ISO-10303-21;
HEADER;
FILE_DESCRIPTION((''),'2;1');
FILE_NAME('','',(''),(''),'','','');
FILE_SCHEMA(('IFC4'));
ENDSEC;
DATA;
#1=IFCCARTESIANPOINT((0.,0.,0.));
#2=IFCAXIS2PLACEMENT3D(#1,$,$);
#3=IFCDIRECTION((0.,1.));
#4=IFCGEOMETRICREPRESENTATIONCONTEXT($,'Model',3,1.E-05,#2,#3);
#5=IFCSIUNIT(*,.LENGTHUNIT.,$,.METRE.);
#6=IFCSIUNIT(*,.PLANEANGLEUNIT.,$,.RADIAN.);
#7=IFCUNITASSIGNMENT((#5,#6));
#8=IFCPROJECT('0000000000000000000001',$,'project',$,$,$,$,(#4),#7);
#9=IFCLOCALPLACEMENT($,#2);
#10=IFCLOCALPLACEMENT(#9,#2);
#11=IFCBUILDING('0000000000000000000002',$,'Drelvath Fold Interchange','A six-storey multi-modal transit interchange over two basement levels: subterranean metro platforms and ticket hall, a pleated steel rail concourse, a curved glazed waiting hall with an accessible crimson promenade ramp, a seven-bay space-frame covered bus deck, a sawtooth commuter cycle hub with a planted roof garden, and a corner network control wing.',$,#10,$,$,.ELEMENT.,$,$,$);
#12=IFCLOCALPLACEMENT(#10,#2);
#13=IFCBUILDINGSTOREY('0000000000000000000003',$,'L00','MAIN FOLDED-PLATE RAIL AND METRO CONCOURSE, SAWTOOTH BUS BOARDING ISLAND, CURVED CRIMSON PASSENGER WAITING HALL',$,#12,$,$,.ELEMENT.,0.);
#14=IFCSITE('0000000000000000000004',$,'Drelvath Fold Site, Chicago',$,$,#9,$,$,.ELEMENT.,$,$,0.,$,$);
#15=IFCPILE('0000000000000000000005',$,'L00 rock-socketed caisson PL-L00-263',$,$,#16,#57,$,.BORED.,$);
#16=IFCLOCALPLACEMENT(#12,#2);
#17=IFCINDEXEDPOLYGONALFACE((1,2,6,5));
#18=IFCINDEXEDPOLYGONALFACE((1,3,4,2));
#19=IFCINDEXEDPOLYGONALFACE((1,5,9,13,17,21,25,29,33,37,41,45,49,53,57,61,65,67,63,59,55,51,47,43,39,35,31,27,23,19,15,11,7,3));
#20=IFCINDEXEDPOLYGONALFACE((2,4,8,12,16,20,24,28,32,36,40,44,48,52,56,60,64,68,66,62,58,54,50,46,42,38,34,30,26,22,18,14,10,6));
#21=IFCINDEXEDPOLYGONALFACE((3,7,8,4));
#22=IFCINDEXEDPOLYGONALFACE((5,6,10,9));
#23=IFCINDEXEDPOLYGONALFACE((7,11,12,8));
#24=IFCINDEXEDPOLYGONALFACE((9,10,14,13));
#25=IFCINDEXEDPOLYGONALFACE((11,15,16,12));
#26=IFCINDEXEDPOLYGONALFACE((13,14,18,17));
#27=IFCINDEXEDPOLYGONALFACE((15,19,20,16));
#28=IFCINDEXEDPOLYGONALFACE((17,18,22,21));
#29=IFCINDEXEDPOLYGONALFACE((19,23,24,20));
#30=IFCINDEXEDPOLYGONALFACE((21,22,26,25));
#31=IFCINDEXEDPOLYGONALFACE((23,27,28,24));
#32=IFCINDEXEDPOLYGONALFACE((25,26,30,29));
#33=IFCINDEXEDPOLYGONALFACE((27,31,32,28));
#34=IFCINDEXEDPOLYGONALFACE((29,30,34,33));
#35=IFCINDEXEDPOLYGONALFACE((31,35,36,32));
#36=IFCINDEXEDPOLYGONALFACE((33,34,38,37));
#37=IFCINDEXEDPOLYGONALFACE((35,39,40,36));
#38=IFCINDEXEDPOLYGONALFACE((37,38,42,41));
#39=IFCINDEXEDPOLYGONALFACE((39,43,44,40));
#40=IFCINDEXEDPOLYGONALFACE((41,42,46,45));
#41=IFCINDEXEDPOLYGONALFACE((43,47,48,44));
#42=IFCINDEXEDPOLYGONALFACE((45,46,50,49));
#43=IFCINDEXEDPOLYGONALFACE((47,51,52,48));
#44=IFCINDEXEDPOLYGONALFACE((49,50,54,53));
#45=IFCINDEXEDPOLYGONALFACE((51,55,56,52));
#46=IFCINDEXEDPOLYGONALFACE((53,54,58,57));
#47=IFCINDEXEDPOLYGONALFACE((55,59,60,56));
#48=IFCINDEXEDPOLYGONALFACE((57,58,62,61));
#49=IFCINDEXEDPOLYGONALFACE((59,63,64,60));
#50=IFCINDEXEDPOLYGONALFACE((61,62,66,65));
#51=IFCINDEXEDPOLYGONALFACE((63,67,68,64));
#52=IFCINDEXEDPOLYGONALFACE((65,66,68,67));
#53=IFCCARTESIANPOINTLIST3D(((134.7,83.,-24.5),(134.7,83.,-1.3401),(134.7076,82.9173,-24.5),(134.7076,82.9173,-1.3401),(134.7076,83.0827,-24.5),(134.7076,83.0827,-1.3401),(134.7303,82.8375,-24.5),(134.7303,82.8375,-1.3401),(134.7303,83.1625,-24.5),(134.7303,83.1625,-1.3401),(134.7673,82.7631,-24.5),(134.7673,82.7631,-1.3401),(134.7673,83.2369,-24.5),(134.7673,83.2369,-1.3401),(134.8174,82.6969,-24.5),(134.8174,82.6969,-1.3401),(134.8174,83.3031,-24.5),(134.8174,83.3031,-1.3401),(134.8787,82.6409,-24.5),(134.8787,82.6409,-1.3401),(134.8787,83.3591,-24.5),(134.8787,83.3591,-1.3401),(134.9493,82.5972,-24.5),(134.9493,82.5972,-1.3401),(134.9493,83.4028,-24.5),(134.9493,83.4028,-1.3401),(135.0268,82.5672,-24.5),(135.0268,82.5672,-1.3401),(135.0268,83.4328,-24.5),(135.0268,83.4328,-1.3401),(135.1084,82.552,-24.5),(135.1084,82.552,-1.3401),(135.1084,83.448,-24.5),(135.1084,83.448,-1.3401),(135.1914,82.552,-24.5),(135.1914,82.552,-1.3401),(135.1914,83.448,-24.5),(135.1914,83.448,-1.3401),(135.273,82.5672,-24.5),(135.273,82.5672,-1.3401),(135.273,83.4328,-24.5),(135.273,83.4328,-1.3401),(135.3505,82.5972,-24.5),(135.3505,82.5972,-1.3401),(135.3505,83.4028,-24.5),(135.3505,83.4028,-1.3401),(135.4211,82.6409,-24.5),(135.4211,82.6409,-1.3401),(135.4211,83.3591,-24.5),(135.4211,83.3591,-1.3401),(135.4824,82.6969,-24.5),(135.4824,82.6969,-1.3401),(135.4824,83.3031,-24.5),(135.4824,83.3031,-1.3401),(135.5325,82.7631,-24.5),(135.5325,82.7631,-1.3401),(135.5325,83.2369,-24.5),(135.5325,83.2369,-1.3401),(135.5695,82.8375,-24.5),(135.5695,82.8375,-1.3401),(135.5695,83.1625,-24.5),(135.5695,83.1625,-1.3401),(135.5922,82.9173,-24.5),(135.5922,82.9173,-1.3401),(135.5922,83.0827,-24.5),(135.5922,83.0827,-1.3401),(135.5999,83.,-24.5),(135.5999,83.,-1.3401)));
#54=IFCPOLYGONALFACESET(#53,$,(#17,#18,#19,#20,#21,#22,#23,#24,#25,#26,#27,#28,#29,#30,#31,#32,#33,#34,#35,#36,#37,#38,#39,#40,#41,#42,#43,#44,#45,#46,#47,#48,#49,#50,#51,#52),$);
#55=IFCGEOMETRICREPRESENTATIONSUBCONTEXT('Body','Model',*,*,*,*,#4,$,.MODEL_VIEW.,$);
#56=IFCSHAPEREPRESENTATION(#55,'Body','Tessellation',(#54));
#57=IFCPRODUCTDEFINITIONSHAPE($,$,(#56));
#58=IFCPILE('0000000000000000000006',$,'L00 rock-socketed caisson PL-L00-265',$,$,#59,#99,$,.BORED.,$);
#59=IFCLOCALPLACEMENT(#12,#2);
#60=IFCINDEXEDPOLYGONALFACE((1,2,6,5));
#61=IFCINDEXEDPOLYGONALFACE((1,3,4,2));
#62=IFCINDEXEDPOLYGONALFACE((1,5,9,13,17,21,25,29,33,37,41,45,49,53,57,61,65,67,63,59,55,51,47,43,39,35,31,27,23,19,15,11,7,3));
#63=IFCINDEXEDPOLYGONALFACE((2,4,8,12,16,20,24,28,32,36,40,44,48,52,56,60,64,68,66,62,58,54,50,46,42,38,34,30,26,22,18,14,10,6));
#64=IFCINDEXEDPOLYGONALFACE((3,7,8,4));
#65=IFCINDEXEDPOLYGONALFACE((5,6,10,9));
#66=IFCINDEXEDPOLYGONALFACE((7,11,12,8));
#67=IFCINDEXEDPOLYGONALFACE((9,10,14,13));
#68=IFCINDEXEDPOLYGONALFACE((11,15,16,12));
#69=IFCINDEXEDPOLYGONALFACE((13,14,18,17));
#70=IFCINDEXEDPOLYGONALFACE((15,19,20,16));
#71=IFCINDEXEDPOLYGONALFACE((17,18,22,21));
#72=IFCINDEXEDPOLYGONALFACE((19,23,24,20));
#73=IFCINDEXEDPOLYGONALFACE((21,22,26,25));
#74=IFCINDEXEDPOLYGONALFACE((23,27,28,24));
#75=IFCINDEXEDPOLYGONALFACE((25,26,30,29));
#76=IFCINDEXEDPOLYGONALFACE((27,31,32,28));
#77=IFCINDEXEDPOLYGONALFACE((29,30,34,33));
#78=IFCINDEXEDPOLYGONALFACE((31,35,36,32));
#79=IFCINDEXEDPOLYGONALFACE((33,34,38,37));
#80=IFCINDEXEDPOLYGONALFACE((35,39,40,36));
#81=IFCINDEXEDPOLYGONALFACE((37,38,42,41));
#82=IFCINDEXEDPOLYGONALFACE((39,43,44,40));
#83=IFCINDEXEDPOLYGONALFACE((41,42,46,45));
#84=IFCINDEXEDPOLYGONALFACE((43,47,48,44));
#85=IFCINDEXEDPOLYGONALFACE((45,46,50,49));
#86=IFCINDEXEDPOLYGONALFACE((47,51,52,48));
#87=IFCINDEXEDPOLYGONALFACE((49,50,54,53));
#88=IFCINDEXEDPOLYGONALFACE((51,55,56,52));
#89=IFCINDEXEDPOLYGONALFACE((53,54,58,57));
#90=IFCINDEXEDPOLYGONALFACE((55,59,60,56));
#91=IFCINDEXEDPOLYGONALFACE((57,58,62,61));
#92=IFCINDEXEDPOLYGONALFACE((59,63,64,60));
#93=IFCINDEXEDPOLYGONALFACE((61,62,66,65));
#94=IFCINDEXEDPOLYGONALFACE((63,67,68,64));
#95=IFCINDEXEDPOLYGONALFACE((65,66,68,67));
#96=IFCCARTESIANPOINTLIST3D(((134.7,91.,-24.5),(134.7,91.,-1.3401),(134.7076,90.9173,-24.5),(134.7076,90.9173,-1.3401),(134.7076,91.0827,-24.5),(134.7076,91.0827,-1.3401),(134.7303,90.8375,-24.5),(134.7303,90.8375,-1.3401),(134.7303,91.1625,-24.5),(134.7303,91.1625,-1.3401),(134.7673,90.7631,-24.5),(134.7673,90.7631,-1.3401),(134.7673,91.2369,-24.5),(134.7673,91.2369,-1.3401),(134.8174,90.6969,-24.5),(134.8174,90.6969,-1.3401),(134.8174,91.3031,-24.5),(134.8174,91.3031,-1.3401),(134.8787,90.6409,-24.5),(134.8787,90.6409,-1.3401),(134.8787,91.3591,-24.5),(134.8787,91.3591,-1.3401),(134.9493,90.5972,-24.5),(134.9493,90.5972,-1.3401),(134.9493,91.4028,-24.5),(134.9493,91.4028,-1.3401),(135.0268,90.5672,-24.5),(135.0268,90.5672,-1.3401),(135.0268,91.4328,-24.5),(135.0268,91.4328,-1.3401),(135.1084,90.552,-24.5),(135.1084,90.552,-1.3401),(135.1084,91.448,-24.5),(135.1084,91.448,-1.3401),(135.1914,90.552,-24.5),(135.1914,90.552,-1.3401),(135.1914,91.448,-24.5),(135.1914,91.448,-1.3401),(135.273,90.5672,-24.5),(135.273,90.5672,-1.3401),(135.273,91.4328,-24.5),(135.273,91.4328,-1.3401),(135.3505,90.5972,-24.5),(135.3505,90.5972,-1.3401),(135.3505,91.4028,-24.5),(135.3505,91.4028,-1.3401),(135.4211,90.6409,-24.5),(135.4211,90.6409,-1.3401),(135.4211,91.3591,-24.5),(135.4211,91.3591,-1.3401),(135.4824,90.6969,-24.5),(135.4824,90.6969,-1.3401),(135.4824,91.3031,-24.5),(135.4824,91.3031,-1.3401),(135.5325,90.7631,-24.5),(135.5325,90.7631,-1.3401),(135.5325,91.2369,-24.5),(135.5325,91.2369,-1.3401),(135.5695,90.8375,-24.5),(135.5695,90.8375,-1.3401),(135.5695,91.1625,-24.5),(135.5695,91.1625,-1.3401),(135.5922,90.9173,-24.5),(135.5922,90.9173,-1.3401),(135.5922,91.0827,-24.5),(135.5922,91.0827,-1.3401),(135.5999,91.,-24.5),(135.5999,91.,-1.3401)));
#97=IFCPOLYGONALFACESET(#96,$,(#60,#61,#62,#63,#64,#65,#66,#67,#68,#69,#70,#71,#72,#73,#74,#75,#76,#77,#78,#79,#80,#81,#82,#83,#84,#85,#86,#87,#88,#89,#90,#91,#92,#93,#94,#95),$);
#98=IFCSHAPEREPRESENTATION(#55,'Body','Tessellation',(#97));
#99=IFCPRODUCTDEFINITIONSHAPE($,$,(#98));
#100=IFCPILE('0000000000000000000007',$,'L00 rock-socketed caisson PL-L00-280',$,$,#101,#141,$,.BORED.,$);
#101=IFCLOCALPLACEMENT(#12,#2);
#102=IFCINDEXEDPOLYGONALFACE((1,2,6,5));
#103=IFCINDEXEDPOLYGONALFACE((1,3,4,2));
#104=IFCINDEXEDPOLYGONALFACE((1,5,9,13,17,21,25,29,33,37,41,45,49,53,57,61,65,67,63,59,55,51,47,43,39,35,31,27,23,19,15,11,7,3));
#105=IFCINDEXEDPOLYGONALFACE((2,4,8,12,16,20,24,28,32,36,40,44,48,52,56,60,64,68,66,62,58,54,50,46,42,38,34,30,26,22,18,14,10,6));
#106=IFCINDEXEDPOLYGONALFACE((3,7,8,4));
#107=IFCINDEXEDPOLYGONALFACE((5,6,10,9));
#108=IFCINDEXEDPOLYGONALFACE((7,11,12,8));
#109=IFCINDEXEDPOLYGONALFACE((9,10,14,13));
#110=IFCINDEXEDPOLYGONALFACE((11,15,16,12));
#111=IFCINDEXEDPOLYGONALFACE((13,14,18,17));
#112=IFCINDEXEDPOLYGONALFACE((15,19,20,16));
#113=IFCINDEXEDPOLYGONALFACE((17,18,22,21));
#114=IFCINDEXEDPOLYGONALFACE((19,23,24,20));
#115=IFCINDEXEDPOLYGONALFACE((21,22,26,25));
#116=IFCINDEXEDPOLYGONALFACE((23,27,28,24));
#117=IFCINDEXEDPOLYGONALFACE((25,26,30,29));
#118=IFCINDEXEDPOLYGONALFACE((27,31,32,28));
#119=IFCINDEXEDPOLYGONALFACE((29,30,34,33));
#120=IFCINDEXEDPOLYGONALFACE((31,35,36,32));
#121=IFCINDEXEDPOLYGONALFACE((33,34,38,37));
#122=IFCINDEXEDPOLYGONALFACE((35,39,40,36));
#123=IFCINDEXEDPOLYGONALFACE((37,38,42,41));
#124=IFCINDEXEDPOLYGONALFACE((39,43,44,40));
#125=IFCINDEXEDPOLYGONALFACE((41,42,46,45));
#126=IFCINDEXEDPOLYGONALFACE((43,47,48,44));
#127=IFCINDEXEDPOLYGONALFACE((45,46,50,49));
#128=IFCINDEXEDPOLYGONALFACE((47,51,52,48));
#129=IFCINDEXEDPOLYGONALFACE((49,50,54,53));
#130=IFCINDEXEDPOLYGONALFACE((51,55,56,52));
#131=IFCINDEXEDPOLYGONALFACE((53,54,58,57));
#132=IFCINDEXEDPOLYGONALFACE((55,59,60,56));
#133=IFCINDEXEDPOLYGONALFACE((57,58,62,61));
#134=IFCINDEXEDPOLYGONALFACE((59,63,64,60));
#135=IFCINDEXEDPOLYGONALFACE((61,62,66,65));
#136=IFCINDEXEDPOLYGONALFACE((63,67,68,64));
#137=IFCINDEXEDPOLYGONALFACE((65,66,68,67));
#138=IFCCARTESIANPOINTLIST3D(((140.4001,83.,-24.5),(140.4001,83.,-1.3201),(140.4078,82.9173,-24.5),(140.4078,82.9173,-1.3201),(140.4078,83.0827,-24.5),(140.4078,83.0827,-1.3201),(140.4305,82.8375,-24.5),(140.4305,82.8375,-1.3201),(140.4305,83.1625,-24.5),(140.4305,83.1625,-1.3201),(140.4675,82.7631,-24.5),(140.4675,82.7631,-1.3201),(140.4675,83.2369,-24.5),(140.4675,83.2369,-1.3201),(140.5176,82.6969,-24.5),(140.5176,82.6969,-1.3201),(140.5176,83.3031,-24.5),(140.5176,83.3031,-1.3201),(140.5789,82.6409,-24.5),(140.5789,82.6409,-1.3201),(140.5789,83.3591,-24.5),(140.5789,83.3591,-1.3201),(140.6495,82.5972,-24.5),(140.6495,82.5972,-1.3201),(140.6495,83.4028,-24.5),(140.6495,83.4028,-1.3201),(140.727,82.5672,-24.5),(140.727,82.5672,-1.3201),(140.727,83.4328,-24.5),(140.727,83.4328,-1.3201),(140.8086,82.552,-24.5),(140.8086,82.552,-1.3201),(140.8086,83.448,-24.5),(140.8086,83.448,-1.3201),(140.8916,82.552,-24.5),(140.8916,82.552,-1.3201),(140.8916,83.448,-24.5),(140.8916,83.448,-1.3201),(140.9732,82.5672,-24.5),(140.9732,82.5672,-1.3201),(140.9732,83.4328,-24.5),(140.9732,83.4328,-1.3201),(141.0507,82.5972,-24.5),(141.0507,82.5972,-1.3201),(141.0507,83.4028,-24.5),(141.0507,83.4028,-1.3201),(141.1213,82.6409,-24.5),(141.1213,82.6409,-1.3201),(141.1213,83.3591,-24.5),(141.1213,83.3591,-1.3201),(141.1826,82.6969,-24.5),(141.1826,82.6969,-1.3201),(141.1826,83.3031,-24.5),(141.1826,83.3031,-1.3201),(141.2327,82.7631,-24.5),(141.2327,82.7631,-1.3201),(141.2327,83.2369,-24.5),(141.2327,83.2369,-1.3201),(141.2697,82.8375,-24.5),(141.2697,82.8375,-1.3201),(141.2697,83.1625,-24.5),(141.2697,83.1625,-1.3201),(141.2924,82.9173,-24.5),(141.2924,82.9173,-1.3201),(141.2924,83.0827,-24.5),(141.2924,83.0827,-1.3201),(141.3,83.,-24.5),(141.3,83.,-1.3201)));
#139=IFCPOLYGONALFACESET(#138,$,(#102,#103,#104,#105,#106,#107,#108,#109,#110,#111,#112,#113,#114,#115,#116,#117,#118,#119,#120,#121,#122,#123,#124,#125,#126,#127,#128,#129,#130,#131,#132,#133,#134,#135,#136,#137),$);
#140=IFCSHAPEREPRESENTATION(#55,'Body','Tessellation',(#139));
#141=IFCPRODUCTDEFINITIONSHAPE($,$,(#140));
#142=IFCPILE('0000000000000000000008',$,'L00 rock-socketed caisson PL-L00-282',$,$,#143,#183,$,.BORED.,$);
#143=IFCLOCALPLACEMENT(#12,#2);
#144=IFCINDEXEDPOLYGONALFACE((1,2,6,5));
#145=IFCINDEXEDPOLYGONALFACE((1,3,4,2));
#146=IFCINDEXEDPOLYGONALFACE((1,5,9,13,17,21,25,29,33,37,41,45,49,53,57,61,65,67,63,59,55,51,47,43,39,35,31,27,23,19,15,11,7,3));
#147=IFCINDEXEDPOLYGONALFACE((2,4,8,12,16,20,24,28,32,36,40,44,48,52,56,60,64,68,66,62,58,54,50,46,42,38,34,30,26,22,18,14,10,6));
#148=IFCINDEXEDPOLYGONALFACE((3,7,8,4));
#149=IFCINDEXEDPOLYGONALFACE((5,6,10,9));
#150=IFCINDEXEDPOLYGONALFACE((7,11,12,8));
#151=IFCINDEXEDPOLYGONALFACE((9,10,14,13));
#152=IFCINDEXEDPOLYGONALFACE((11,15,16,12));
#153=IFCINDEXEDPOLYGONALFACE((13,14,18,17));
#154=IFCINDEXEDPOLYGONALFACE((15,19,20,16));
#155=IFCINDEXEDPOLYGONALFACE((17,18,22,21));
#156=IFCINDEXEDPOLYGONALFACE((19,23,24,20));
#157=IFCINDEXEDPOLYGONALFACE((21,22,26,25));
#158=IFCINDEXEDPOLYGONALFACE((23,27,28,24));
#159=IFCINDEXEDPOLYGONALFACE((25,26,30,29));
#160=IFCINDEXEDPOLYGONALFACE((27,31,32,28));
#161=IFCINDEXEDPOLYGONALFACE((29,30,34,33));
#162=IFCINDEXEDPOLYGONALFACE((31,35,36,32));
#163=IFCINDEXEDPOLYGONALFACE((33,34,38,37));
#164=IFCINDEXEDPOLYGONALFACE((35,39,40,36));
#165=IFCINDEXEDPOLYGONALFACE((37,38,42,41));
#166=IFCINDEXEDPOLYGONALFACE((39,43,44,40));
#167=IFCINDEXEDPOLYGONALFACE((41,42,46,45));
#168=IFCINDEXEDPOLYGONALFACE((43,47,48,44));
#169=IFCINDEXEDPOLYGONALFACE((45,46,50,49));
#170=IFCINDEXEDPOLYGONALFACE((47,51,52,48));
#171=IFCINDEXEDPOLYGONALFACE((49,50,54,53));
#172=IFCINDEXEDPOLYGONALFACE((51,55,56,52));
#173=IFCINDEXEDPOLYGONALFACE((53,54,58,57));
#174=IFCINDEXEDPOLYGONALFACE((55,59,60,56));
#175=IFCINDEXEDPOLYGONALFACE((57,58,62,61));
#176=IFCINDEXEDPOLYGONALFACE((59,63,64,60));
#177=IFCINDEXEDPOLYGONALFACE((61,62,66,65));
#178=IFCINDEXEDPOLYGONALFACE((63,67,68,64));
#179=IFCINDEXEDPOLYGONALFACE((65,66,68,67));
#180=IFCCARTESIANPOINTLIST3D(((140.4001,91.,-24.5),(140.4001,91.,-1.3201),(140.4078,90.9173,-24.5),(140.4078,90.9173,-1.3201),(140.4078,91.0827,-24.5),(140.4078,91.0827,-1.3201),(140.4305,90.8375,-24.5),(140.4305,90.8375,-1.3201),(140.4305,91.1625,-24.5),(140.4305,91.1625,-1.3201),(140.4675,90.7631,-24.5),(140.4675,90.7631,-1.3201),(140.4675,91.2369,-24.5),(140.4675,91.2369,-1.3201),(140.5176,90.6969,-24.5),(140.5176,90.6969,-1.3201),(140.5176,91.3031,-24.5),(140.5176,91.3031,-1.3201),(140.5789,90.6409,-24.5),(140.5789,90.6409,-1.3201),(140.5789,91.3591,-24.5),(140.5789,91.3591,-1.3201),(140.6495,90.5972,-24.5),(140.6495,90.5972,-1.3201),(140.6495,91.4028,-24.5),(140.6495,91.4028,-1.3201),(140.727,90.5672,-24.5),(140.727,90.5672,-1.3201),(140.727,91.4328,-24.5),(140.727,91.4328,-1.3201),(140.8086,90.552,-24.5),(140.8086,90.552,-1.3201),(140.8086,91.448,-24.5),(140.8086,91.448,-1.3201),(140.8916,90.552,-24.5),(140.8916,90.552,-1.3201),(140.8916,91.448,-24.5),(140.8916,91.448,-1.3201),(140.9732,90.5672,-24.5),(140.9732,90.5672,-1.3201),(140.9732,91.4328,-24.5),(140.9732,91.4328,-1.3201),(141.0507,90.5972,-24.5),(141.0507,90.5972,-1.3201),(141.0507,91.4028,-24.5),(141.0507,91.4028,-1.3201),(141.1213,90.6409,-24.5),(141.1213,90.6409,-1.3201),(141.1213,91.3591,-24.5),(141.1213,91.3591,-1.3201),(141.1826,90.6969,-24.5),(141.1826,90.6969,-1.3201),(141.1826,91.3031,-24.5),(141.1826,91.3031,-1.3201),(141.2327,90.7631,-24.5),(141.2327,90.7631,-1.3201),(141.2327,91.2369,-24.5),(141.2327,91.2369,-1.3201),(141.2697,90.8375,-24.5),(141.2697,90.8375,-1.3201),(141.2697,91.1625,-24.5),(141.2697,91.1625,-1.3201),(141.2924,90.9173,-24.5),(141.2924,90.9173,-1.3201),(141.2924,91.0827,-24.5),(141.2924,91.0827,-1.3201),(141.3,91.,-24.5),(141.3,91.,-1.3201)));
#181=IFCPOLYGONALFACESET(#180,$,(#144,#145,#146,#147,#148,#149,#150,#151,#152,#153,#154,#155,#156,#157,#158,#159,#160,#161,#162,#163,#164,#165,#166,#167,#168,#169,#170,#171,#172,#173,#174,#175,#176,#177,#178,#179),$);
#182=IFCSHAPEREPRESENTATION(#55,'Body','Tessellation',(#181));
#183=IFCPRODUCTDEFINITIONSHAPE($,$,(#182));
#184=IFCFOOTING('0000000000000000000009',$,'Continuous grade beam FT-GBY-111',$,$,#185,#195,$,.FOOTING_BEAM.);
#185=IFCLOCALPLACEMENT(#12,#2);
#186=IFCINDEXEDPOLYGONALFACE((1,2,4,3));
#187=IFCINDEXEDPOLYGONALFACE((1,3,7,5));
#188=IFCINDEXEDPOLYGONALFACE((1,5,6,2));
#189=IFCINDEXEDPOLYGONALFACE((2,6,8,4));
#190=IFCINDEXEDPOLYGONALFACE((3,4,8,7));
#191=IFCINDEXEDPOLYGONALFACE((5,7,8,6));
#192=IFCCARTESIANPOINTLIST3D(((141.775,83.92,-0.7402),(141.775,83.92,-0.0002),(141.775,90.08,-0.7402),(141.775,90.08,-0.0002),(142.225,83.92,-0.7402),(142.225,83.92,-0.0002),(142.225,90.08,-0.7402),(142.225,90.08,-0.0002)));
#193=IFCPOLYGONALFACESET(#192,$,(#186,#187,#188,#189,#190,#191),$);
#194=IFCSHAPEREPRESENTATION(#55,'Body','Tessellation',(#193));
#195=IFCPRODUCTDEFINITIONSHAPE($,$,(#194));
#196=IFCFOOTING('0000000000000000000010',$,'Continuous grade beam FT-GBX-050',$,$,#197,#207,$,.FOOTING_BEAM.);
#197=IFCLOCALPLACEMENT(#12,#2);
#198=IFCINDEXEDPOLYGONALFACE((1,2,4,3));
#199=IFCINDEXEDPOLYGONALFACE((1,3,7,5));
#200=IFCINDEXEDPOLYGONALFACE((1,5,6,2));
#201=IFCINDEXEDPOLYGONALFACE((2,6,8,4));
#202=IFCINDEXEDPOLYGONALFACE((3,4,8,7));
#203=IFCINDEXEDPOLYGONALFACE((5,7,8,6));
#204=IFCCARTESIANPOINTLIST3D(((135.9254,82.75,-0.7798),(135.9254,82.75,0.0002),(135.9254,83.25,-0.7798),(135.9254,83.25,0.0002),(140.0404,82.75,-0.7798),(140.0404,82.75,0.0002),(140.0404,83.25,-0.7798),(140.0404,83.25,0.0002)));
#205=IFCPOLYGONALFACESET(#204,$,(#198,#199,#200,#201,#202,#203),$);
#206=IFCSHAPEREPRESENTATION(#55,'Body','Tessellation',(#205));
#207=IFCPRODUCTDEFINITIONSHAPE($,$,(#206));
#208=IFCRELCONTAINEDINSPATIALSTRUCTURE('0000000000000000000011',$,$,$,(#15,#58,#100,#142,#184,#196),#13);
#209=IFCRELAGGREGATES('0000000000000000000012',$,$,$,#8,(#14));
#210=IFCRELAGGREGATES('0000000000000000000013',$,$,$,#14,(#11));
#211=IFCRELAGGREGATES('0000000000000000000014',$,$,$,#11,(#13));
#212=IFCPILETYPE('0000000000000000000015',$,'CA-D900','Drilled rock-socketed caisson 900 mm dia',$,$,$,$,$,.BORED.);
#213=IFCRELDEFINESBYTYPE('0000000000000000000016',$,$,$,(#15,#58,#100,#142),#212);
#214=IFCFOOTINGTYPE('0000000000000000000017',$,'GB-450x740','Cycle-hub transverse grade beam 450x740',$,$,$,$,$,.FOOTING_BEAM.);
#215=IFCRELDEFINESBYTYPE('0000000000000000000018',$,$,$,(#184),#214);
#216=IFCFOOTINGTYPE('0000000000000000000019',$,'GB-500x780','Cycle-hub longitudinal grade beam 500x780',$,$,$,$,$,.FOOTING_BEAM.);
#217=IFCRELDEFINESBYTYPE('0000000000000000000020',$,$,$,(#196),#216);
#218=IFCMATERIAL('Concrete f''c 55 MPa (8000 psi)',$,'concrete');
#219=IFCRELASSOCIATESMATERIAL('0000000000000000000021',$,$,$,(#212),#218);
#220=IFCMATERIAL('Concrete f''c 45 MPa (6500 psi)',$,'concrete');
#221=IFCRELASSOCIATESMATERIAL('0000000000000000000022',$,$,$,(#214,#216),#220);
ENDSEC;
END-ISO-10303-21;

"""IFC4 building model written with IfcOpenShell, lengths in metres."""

from ifc_helpers import new_model, si_unit, direction, frame, origin, origin_2d, place, context, subcontext, project, spatial, rectangle, circle, extrude, material, material_profile, profile_set, type_object, element, save


model = new_model("IFC4")

# Units and contexts
model_context = context("Model", 3, precision=1e-05, world=origin(), true_north=direction((0.0, 1.0)))
body_context = subcontext(model_context, "Body", "Model", "MODEL_VIEW")
ifc_project = project(units=[si_unit("LENGTHUNIT", "METRE"), si_unit("PLANEANGLEUNIT", "RADIAN")], contexts=[model_context])

# Site, building, storey
site_placement = place(None, origin())
site = spatial("IfcSite", under=ifc_project, at=site_placement, Name="Drelvath Fold Site, Chicago", CompositionType="ELEMENT", RefElevation=0.0)
building_placement = place(site_placement, origin())
building = spatial("IfcBuilding", under=site, at=building_placement, Name="Drelvath Fold Interchange", Description="A six-storey multi-modal transit interchange over two basement levels: subterranean metro platforms and ticket hall, a pleated steel rail concourse, a curved glazed waiting hall with an accessible crimson promenade ramp, a seven-bay space-frame covered bus deck, a sawtooth commuter cycle hub with a planted roof garden, and a corner network control wing.", CompositionType="ELEMENT")
storey_placement = place(building_placement, origin())
storey = spatial("IfcBuildingStorey", under=building, at=storey_placement, Name="L00", Description="MAIN FOLDED-PLATE RAIL AND METRO CONCOURSE, SAWTOOTH BUS BOARDING ISLAND, CURVED CRIMSON PASSENGER WAITING HALL", CompositionType="ELEMENT", Elevation=0.0)

# Piles
ifc_material_1 = material(Name="Concrete f'c 55 MPa (8000 psi)", Category="concrete")
ifc_material_profile_1 = material_profile(ifc_material_1, circle(Radius=0.45, at=origin_2d()), Name="CAISSON D900")
ifc_profile_set_1 = profile_set([ifc_material_profile_1], Name="Concrete f'c 55 MPa (8000 psi)")
pile_type = type_object("IfcPileType", Name="CA-D900", Description="Drilled rock-socketed caisson 900 mm dia", PredefinedType="BORED", material=ifc_profile_set_1)
for number, where, z_axis, x_axis, name in (
    (1, (135.1499, 83.0, -1.3401), (0.0, 0.0, -1.0), (1.0, 0.0, 0.0), "L00 rock-socketed caisson PL-L00-263"),
    (2, (135.1499, 91.0, -1.3401), (0.0, 0.0, -1.0), (1.0, 0.0, 0.0), "L00 rock-socketed caisson PL-L00-265"),
):
    element("IfcPile", number, at=place(storey_placement, frame(where, z_axis=z_axis, x_axis=x_axis)), inside=storey, type_object=pile_type, Name=name, PredefinedType="BORED", context=body_context, shape_type="SweptSolid", body=[
        extrude(circle(Radius=0.45, at=origin_2d()), origin(), (0.0, 0.0, 1.0), 23.1599),
    ])
for number, where, z_axis, x_axis, name in (
    (3, (140.8501, 83.0, -1.3201), (0.0, 0.0, -1.0), (1.0, 0.0, 0.0), "L00 rock-socketed caisson PL-L00-280"),
    (4, (140.8501, 91.0, -1.3201), (0.0, 0.0, -1.0), (1.0, 0.0, 0.0), "L00 rock-socketed caisson PL-L00-282"),
):
    element("IfcPile", number, at=place(storey_placement, frame(where, z_axis=z_axis, x_axis=x_axis)), inside=storey, type_object=pile_type, Name=name, PredefinedType="BORED", context=body_context, shape_type="SweptSolid", body=[
        extrude(circle(Radius=0.45, at=origin_2d()), origin(), (0.0, 0.0, 1.0), 23.1799),
    ])

# Footings
ifc_material_2 = material(Name="Concrete f'c 45 MPa (6500 psi)", Category="concrete")
footing_type_1 = type_object("IfcFootingType", Name="GB-450x740", Description="Cycle-hub transverse grade beam 450x740", PredefinedType="FOOTING_BEAM", material=ifc_material_2)
footing_1_placement = place(storey_placement, frame((142.0, 87.0, -0.7402), z_axis=(0.0, 0.0, 1.0), x_axis=(1.0, 0.0, 0.0)))
element("IfcFooting", 5, at=footing_1_placement, inside=storey, type_object=footing_type_1, Name="Continuous grade beam FT-GBY-111", PredefinedType="FOOTING_BEAM", context=body_context, shape_type="SweptSolid", body=[
    extrude(rectangle(XDim=0.45, YDim=6.1599, at=origin_2d()), origin(), (0.0, 0.0, 1.0), 0.74),
])
footing_type_2 = type_object("IfcFootingType", Name="GB-500x780", Description="Cycle-hub longitudinal grade beam 500x780", PredefinedType="FOOTING_BEAM", material=ifc_material_2)
for number, where, z_axis, x_axis, name in (
    (6, (137.9829, 83.0, -0.7798), (0.0, 0.0, 1.0), (1.0, 0.0, 0.0), "Continuous grade beam FT-GBX-050"),
):
    element("IfcFooting", number, at=place(storey_placement, frame(where, z_axis=z_axis, x_axis=x_axis)), inside=storey, type_object=footing_type_2, Name=name, PredefinedType="FOOTING_BEAM", context=body_context, shape_type="SweptSolid", body=[
        extrude(rectangle(XDim=4.115, YDim=0.5, at=origin_2d()), origin(), (0.0, 0.0, 1.0), 0.78),
    ])

save(model, "model.ifc")
